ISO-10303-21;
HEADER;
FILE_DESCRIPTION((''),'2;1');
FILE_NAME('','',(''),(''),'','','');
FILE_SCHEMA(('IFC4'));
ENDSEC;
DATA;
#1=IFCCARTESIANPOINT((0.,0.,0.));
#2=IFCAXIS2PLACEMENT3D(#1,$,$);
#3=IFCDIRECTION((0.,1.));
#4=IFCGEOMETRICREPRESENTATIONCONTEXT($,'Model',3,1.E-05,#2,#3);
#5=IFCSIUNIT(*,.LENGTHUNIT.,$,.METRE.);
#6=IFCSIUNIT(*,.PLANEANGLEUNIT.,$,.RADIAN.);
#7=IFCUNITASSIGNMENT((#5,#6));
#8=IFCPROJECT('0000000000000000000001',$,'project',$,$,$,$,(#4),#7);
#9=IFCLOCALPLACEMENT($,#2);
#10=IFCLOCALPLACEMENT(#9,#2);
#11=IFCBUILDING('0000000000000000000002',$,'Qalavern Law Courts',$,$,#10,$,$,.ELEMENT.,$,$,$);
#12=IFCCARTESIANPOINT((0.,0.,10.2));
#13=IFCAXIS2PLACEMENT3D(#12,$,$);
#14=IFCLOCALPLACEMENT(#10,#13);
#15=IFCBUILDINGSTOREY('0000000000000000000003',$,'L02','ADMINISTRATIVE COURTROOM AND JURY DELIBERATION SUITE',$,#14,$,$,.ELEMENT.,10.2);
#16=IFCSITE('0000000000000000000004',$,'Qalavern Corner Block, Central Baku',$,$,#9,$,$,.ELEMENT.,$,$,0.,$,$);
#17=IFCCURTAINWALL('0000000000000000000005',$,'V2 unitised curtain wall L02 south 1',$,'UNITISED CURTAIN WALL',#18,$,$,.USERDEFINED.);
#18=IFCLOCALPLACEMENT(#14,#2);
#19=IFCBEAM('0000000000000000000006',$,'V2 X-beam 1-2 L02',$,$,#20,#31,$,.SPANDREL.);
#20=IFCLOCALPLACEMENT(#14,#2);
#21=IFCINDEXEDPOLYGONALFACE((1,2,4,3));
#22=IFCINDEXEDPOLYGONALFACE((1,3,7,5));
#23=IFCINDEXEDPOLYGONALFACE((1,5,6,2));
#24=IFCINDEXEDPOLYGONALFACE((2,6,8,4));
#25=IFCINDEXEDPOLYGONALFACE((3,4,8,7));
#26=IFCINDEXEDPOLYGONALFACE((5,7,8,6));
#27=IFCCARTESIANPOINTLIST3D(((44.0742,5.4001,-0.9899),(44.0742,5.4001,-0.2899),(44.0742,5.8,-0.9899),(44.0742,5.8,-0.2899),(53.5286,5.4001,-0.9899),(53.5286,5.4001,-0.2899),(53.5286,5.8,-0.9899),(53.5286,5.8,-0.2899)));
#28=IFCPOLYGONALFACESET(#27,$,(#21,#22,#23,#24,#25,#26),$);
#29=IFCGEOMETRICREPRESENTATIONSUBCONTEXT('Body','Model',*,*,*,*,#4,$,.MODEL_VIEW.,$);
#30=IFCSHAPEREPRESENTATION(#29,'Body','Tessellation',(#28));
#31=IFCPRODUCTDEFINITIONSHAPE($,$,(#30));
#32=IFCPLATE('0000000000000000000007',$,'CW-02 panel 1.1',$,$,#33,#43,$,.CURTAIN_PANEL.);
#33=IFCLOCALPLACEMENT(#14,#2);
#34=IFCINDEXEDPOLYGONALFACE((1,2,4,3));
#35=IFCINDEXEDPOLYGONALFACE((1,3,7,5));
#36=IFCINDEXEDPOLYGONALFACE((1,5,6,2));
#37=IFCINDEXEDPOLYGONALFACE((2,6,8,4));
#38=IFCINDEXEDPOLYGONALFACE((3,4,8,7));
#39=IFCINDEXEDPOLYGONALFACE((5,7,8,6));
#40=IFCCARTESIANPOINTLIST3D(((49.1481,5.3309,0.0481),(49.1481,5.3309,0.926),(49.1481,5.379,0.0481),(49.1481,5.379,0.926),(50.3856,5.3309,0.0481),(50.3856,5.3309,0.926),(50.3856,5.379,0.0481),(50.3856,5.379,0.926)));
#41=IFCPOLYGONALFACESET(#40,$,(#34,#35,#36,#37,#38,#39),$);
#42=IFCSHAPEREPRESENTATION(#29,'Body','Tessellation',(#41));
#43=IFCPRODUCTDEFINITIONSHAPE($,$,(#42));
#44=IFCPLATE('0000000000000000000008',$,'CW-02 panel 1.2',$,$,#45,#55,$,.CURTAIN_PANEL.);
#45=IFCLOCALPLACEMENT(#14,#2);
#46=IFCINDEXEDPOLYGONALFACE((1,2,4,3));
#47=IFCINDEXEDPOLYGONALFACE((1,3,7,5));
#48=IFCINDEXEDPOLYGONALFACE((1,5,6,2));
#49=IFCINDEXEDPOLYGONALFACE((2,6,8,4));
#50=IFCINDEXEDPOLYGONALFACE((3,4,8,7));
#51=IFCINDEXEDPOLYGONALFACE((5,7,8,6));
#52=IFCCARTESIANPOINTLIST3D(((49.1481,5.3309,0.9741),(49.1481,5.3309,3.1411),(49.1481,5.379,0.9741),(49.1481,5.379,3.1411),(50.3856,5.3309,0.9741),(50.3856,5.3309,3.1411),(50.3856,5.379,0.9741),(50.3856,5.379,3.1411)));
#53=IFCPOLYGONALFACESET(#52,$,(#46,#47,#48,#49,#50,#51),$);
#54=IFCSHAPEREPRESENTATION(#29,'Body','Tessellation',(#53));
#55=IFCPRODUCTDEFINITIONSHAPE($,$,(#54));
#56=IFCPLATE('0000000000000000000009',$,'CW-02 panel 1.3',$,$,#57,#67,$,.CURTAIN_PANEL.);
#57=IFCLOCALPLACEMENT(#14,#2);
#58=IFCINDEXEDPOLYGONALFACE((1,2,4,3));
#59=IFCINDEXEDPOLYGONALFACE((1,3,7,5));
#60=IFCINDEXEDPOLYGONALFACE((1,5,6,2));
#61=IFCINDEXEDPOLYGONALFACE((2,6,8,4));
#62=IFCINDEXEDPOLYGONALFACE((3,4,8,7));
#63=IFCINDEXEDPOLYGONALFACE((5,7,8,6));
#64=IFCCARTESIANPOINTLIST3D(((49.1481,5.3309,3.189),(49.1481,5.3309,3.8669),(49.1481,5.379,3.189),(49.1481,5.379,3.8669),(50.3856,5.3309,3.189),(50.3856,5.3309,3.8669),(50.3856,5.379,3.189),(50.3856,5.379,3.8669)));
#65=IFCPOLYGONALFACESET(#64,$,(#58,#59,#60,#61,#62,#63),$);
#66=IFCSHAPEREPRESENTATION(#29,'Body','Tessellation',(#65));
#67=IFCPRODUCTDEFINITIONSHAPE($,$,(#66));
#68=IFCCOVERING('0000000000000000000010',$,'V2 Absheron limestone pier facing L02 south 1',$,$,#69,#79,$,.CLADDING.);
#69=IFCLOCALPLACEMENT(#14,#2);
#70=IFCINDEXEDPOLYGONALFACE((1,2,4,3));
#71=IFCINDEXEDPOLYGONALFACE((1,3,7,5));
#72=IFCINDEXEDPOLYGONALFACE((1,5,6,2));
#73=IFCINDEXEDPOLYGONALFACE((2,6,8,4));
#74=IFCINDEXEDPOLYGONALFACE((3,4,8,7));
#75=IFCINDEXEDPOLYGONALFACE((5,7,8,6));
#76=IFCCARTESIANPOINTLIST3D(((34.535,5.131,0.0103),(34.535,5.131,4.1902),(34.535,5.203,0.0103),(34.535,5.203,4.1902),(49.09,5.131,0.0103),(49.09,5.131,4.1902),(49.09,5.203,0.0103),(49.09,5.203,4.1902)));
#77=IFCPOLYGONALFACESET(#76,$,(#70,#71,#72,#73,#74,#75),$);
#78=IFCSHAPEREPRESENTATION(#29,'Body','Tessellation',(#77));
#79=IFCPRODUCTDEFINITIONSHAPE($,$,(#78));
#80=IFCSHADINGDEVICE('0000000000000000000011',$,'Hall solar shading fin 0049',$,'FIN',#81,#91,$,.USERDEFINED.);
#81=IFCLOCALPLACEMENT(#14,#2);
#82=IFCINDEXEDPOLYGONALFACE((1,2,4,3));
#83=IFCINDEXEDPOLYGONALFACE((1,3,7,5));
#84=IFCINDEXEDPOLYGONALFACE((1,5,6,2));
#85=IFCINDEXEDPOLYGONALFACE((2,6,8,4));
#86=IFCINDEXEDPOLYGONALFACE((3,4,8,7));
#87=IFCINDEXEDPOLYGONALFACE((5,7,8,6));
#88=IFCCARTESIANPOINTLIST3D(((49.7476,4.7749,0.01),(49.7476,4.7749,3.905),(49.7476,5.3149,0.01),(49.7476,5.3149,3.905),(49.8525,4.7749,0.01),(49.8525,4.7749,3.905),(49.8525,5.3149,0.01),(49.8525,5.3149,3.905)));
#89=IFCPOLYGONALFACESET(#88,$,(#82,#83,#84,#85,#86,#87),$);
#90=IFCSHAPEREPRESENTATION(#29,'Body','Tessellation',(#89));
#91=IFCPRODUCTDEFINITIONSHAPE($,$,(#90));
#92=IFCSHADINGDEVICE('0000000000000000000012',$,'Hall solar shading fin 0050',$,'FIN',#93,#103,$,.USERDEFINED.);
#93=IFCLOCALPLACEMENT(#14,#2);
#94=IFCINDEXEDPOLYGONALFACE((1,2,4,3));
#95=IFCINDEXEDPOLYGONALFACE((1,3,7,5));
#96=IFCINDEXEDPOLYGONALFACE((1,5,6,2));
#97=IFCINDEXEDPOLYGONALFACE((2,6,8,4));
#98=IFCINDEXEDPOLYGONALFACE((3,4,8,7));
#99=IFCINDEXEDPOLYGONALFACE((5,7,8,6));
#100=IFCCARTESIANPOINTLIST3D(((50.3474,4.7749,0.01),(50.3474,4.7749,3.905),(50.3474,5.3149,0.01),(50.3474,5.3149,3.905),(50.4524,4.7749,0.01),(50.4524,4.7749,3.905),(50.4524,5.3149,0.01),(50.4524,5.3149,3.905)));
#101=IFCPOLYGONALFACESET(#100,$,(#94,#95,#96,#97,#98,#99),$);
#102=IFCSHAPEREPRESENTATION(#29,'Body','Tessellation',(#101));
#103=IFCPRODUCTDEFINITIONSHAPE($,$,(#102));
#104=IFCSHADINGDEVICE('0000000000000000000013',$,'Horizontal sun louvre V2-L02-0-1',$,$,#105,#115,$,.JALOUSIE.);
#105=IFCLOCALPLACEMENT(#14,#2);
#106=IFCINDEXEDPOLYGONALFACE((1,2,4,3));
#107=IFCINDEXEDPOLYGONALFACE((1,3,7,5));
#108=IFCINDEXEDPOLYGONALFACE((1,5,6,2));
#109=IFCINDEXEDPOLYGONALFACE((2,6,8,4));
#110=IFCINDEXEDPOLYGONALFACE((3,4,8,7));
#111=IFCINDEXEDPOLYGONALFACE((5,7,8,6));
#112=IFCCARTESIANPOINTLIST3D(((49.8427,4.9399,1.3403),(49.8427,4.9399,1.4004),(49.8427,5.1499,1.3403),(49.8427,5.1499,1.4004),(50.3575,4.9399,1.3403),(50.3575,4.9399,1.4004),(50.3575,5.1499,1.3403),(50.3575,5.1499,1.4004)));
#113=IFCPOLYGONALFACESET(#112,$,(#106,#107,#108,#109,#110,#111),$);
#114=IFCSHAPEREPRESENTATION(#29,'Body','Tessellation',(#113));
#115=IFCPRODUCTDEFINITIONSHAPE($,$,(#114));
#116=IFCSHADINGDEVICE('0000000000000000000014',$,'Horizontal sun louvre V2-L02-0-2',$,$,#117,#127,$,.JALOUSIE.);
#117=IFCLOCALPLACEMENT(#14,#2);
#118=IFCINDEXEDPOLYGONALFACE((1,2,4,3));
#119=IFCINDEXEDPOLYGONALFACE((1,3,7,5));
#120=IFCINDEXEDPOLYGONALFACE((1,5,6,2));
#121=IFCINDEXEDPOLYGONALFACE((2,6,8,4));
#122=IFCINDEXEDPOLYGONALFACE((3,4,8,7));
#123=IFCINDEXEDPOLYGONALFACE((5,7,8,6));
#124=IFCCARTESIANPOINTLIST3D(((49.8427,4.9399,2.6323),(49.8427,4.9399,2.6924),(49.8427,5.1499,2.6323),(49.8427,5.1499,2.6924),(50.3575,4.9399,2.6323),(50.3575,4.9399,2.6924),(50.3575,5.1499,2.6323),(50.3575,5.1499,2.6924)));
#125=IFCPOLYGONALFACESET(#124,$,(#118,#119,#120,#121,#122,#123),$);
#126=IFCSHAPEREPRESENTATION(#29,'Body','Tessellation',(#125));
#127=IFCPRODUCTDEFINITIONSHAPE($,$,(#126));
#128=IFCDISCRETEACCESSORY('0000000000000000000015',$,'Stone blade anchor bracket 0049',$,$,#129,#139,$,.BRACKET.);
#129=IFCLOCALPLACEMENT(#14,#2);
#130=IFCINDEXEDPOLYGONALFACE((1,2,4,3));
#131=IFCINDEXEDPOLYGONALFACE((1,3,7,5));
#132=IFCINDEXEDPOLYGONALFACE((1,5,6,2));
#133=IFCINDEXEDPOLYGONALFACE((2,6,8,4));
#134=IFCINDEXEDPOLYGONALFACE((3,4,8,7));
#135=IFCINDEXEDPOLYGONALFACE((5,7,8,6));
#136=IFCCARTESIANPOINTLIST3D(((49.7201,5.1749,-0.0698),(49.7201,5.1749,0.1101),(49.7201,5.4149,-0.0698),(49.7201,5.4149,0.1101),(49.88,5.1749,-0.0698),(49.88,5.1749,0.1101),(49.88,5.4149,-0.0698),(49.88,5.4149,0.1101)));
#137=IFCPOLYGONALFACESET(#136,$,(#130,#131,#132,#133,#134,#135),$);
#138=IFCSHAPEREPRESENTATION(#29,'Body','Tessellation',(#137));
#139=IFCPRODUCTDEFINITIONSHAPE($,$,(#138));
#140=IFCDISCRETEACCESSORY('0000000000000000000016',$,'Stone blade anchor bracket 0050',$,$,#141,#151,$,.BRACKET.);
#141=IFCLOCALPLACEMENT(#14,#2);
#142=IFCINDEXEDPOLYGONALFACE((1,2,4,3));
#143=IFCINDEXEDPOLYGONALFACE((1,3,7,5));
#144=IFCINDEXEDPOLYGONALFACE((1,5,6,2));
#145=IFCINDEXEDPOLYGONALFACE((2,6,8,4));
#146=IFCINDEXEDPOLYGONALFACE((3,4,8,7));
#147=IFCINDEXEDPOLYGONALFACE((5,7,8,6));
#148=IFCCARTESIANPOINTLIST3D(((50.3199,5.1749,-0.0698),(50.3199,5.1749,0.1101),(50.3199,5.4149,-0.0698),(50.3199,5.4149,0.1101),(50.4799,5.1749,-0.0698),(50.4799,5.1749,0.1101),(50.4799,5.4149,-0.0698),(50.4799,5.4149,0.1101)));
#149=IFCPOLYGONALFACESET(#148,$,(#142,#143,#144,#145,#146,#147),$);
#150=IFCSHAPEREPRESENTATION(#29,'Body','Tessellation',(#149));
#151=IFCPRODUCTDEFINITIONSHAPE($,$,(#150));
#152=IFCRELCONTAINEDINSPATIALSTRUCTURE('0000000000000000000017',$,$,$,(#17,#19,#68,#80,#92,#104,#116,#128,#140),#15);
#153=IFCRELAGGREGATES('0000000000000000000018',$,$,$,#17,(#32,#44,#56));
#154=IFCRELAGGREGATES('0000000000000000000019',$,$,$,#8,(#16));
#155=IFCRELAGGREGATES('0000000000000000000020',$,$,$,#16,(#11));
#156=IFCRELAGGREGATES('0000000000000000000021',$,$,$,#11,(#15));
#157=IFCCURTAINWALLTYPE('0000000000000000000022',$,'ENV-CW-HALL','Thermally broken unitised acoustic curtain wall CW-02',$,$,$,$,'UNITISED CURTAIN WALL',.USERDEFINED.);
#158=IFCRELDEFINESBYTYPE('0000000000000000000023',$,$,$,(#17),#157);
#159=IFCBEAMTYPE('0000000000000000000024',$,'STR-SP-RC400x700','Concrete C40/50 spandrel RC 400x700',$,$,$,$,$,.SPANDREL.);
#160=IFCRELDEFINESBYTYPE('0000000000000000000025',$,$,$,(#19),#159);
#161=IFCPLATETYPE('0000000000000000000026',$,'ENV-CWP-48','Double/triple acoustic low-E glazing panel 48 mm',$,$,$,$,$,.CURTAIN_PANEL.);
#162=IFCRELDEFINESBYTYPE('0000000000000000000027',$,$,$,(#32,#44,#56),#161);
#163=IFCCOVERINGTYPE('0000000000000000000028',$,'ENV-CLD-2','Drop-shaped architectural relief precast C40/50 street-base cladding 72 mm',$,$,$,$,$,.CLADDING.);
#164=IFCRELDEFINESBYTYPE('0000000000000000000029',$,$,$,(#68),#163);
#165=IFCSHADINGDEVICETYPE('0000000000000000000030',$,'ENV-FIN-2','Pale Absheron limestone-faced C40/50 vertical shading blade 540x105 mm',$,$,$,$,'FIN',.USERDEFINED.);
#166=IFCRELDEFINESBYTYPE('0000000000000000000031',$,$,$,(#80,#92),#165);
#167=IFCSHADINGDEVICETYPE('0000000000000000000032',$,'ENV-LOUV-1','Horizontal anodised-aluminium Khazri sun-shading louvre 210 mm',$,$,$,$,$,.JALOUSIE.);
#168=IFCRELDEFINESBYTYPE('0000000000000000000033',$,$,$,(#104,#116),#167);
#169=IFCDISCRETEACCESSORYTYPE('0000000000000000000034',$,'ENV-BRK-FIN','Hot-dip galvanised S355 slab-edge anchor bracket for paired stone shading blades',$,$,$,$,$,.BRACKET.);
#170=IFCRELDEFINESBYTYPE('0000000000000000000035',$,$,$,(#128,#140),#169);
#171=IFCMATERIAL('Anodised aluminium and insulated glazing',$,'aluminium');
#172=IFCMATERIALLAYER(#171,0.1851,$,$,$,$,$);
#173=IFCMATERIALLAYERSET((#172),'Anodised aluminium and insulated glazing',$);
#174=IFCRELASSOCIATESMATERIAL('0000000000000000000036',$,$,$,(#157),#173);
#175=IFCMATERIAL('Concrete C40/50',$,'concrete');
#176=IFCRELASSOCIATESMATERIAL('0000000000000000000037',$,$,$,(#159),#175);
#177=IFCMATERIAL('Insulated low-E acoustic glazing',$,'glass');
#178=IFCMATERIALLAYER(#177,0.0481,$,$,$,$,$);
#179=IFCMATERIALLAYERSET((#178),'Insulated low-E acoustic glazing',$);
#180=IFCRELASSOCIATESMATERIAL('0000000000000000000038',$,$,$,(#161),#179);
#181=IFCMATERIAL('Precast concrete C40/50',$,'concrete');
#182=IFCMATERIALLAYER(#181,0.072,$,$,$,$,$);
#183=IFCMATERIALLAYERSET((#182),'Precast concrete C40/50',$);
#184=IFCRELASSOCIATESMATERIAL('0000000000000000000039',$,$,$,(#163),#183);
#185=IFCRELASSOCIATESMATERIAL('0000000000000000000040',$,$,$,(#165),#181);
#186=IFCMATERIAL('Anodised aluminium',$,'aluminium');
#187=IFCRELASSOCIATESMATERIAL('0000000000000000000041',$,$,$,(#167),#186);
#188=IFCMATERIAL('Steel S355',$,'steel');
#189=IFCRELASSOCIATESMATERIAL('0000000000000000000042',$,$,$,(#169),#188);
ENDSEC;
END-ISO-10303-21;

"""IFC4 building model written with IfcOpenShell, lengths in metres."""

from ifc_helpers import new_model, si_unit, direction, frame, origin, origin_2d, place, context, subcontext, project, spatial, rectangle, extrude, material, layer, layer_set, material_profile, profile_set, type_object, element, aggregate, save


model = new_model("IFC4")

# Units and contexts
model_context = context("Model", 3, precision=1e-05, world=origin(), true_north=direction((0.0, 1.0)))
body_context = subcontext(model_context, "Body", "Model", "MODEL_VIEW")
ifc_project = project(units=[si_unit("LENGTHUNIT", "METRE"), si_unit("PLANEANGLEUNIT", "RADIAN")], contexts=[model_context])

# Site, building, storey
site_placement = place(None, origin())
site = spatial("IfcSite", under=ifc_project, at=site_placement, Name="Qalavern Corner Block, Central Baku", CompositionType="ELEMENT", RefElevation=0.0)
building_placement = place(site_placement, origin())
building = spatial("IfcBuilding", under=site, at=building_placement, Name="Qalavern Law Courts", CompositionType="ELEMENT")
storey_placement = place(building_placement, frame((0.0, 0.0, 10.2)))
storey = spatial("IfcBuildingStorey", under=building, at=storey_placement, Name="L02", Description="ADMINISTRATIVE COURTROOM AND JURY DELIBERATION SUITE", CompositionType="ELEMENT", Elevation=10.2)

# Curtain wall
ifc_material_1 = material(Name="Anodised aluminium and insulated glazing", Category="aluminium")
ifc_layer_1 = layer(ifc_material_1, 0.1851)
ifc_layer_set_1 = layer_set([ifc_layer_1], Name="Anodised aluminium and insulated glazing")
curtain_wall_type = type_object("IfcCurtainWallType", Name="ENV-CW-HALL", Description="Thermally broken unitised acoustic curtain wall CW-02", ElementType="UNITISED CURTAIN WALL", PredefinedType="USERDEFINED", material=ifc_layer_set_1)
curtain_wall_placement = place(storey_placement, origin())
curtain_wall = element("IfcCurtainWall", 1, at=curtain_wall_placement, inside=storey, type_object=curtain_wall_type, Name="V2 unitised curtain wall L02 south 1", ObjectType="UNITISED CURTAIN WALL", PredefinedType="USERDEFINED")
ifc_material_2 = material(Name="Anodised aluminium", Category="aluminium")

# Beam
ifc_material_3 = material(Name="Concrete C40/50", Category="concrete")
ifc_material_profile_1 = material_profile(ifc_material_3, rectangle(XDim=0.3999, YDim=0.7, at=origin_2d()), Name="RC 400x700")
ifc_profile_set_1 = profile_set([ifc_material_profile_1], Name="Concrete C40/50")
beam_type = type_object("IfcBeamType", Name="STR-SP-RC400x700", Description="Concrete C40/50 spandrel RC 400x700", PredefinedType="SPANDREL", material=ifc_profile_set_1)
beam_placement = place(storey_placement, frame((44.0742, 5.6001, -0.6399), z_axis=(1.0, 0.0, 0.0), x_axis=(0.0, 1.0, 0.0)))
element("IfcBeam", 2, at=beam_placement, inside=storey, type_object=beam_type, Name="V2 X-beam 1-2 L02", PredefinedType="SPANDREL", context=body_context, shape_type="SweptSolid", body=[
    extrude(rectangle(XDim=0.3999, YDim=0.7, at=origin_2d()), origin(), (0.0, 0.0, 1.0), 9.4543),
])

# Plates
ifc_material_4 = material(Name="Insulated low-E acoustic glazing", Category="glass")
ifc_layer_2 = layer(ifc_material_4, 0.0481)
ifc_layer_set_2 = layer_set([ifc_layer_2], Name="Insulated low-E acoustic glazing")
plate_type = type_object("IfcPlateType", Name="ENV-CWP-48", Description="Double/triple acoustic low-E glazing panel 48 mm", PredefinedType="CURTAIN_PANEL", material=ifc_layer_set_2)
plate_1_placement = place(storey_placement, frame((49.7668, 5.355, 0.0481), z_axis=(0.0, 0.0, 1.0), x_axis=(1.0, 0.0, 0.0)))
plate_1 = element("IfcPlate", 3, at=plate_1_placement, type_object=plate_type, Name="CW-02 panel 1.1", PredefinedType="CURTAIN_PANEL", context=body_context, shape_type="SweptSolid", body=[
    extrude(rectangle(XDim=1.2375, YDim=0.0481, at=origin_2d()), origin(), (0.0, 0.0, 1.0), 0.8779),
])
plate_2_placement = place(storey_placement, frame((49.7668, 5.355, 0.9741), z_axis=(0.0, 0.0, 1.0), x_axis=(1.0, 0.0, 0.0)))
plate_2 = element("IfcPlate", 4, at=plate_2_placement, type_object=plate_type, Name="CW-02 panel 1.2", PredefinedType="CURTAIN_PANEL", context=body_context, shape_type="SweptSolid", body=[
    extrude(rectangle(XDim=1.2375, YDim=0.0481, at=origin_2d()), origin(), (0.0, 0.0, 1.0), 2.167),
])
plate_3_placement = place(storey_placement, frame((49.7668, 5.355, 3.189), z_axis=(0.0, 0.0, 1.0), x_axis=(1.0, 0.0, 0.0)))
plate_3 = element("IfcPlate", 5, at=plate_3_placement, type_object=plate_type, Name="CW-02 panel 1.3", PredefinedType="CURTAIN_PANEL", context=body_context, shape_type="SweptSolid", body=[
    extrude(rectangle(XDim=1.2375, YDim=0.0481, at=origin_2d()), origin(), (0.0, 0.0, 1.0), 0.678),
])
aggregate(curtain_wall, [plate_1, plate_2, plate_3])

# Covering
ifc_material_5 = material(Name="Precast concrete C40/50", Category="concrete")
ifc_layer_3 = layer(ifc_material_5, 0.072)
ifc_layer_set_3 = layer_set([ifc_layer_3], Name="Precast concrete C40/50")
covering_type = type_object("IfcCoveringType", Name="ENV-CLD-2", Description="Drop-shaped architectural relief precast C40/50 street-base cladding 72 mm", PredefinedType="CLADDING", material=ifc_layer_set_3)
covering_placement = place(storey_placement, frame((41.8125, 5.167, 0.0103), z_axis=(0.0, 0.0, 1.0), x_axis=(1.0, 0.0, 0.0)))
element("IfcCovering", 6, at=covering_placement, inside=storey, type_object=covering_type, Name="V2 Absheron limestone pier facing L02 south 1", PredefinedType="CLADDING", context=body_context, shape_type="SweptSolid", body=[
    extrude(rectangle(XDim=14.5549, YDim=0.072, at=origin_2d()), origin(), (0.0, 0.0, 1.0), 4.1799),
])

# Shading devices
shading_device_type_1 = type_object("IfcShadingDeviceType", Name="ENV-FIN-2", Description="Pale Absheron limestone-faced C40/50 vertical shading blade 540x105 mm", ElementType="FIN", PredefinedType="USERDEFINED", material=ifc_material_5)
for number, where, z_axis, x_axis, name in (
    (7, (49.8, 5.0449, 0.01), (0.0, 0.0, 1.0), (0.0, -1.0, 0.0), "Hall solar shading fin 0049"),
    (8, (50.3999, 5.0449, 0.01), (0.0, 0.0, 1.0), (0.0, -1.0, 0.0), "Hall solar shading fin 0050"),
):
    element("IfcShadingDevice", number, at=place(storey_placement, frame(where, z_axis=z_axis, x_axis=x_axis)), inside=storey, type_object=shading_device_type_1, Name=name, ObjectType="FIN", PredefinedType="USERDEFINED", context=body_context, shape_type="SweptSolid", body=[
        extrude(rectangle(XDim=0.54, YDim=0.105, at=origin_2d()), origin(), (0.0, 0.0, 1.0), 3.895),
    ])
shading_device_type_2 = type_object("IfcShadingDeviceType", Name="ENV-LOUV-1", Description="Horizontal anodised-aluminium Khazri sun-shading louvre 210 mm", PredefinedType="JALOUSIE", material=ifc_material_2)
for number, where, z_axis, x_axis, name in (
    (9, (50.1001, 5.0449, 1.3403), (0.0, 0.0, 1.0), (1.0, 0.0, 0.0), "Horizontal sun louvre V2-L02-0-1"),
    (10, (50.1001, 5.0449, 2.6323), (0.0, 0.0, 1.0), (1.0, 0.0, 0.0), "Horizontal sun louvre V2-L02-0-2"),
):
    element("IfcShadingDevice", number, at=place(storey_placement, frame(where, z_axis=z_axis, x_axis=x_axis)), inside=storey, type_object=shading_device_type_2, Name=name, PredefinedType="JALOUSIE", context=body_context, shape_type="SweptSolid", body=[
        extrude(rectangle(XDim=0.5149, YDim=0.21, at=origin_2d()), origin(), (0.0, 0.0, 1.0), 0.0601),
    ])

# Discrete accessories
ifc_material_6 = material(Name="Steel S355", Category="steel")
discrete_accessory_type = type_object("IfcDiscreteAccessoryType", Name="ENV-BRK-FIN", Description="Hot-dip galvanised S355 slab-edge anchor bracket for paired stone shading blades", PredefinedType="BRACKET", material=ifc_material_6)
for number, where, z_axis, x_axis, name in (
    (11, (49.8, 5.2949, -0.0698), (0.0, 0.0, 1.0), (0.0, -1.0, 0.0), "Stone blade anchor bracket 0049"),
    (12, (50.3999, 5.2949, -0.0698), (0.0, 0.0, 1.0), (0.0, -1.0, 0.0), "Stone blade anchor bracket 0050"),
):
    element("IfcDiscreteAccessory", number, at=place(storey_placement, frame(where, z_axis=z_axis, x_axis=x_axis)), inside=storey, type_object=discrete_accessory_type, Name=name, PredefinedType="BRACKET", context=body_context, shape_type="SweptSolid", body=[
        extrude(rectangle(XDim=0.24, YDim=0.1599, at=origin_2d()), origin(), (0.0, 0.0, 1.0), 0.1799),
    ])

save(model, "model.ifc")
